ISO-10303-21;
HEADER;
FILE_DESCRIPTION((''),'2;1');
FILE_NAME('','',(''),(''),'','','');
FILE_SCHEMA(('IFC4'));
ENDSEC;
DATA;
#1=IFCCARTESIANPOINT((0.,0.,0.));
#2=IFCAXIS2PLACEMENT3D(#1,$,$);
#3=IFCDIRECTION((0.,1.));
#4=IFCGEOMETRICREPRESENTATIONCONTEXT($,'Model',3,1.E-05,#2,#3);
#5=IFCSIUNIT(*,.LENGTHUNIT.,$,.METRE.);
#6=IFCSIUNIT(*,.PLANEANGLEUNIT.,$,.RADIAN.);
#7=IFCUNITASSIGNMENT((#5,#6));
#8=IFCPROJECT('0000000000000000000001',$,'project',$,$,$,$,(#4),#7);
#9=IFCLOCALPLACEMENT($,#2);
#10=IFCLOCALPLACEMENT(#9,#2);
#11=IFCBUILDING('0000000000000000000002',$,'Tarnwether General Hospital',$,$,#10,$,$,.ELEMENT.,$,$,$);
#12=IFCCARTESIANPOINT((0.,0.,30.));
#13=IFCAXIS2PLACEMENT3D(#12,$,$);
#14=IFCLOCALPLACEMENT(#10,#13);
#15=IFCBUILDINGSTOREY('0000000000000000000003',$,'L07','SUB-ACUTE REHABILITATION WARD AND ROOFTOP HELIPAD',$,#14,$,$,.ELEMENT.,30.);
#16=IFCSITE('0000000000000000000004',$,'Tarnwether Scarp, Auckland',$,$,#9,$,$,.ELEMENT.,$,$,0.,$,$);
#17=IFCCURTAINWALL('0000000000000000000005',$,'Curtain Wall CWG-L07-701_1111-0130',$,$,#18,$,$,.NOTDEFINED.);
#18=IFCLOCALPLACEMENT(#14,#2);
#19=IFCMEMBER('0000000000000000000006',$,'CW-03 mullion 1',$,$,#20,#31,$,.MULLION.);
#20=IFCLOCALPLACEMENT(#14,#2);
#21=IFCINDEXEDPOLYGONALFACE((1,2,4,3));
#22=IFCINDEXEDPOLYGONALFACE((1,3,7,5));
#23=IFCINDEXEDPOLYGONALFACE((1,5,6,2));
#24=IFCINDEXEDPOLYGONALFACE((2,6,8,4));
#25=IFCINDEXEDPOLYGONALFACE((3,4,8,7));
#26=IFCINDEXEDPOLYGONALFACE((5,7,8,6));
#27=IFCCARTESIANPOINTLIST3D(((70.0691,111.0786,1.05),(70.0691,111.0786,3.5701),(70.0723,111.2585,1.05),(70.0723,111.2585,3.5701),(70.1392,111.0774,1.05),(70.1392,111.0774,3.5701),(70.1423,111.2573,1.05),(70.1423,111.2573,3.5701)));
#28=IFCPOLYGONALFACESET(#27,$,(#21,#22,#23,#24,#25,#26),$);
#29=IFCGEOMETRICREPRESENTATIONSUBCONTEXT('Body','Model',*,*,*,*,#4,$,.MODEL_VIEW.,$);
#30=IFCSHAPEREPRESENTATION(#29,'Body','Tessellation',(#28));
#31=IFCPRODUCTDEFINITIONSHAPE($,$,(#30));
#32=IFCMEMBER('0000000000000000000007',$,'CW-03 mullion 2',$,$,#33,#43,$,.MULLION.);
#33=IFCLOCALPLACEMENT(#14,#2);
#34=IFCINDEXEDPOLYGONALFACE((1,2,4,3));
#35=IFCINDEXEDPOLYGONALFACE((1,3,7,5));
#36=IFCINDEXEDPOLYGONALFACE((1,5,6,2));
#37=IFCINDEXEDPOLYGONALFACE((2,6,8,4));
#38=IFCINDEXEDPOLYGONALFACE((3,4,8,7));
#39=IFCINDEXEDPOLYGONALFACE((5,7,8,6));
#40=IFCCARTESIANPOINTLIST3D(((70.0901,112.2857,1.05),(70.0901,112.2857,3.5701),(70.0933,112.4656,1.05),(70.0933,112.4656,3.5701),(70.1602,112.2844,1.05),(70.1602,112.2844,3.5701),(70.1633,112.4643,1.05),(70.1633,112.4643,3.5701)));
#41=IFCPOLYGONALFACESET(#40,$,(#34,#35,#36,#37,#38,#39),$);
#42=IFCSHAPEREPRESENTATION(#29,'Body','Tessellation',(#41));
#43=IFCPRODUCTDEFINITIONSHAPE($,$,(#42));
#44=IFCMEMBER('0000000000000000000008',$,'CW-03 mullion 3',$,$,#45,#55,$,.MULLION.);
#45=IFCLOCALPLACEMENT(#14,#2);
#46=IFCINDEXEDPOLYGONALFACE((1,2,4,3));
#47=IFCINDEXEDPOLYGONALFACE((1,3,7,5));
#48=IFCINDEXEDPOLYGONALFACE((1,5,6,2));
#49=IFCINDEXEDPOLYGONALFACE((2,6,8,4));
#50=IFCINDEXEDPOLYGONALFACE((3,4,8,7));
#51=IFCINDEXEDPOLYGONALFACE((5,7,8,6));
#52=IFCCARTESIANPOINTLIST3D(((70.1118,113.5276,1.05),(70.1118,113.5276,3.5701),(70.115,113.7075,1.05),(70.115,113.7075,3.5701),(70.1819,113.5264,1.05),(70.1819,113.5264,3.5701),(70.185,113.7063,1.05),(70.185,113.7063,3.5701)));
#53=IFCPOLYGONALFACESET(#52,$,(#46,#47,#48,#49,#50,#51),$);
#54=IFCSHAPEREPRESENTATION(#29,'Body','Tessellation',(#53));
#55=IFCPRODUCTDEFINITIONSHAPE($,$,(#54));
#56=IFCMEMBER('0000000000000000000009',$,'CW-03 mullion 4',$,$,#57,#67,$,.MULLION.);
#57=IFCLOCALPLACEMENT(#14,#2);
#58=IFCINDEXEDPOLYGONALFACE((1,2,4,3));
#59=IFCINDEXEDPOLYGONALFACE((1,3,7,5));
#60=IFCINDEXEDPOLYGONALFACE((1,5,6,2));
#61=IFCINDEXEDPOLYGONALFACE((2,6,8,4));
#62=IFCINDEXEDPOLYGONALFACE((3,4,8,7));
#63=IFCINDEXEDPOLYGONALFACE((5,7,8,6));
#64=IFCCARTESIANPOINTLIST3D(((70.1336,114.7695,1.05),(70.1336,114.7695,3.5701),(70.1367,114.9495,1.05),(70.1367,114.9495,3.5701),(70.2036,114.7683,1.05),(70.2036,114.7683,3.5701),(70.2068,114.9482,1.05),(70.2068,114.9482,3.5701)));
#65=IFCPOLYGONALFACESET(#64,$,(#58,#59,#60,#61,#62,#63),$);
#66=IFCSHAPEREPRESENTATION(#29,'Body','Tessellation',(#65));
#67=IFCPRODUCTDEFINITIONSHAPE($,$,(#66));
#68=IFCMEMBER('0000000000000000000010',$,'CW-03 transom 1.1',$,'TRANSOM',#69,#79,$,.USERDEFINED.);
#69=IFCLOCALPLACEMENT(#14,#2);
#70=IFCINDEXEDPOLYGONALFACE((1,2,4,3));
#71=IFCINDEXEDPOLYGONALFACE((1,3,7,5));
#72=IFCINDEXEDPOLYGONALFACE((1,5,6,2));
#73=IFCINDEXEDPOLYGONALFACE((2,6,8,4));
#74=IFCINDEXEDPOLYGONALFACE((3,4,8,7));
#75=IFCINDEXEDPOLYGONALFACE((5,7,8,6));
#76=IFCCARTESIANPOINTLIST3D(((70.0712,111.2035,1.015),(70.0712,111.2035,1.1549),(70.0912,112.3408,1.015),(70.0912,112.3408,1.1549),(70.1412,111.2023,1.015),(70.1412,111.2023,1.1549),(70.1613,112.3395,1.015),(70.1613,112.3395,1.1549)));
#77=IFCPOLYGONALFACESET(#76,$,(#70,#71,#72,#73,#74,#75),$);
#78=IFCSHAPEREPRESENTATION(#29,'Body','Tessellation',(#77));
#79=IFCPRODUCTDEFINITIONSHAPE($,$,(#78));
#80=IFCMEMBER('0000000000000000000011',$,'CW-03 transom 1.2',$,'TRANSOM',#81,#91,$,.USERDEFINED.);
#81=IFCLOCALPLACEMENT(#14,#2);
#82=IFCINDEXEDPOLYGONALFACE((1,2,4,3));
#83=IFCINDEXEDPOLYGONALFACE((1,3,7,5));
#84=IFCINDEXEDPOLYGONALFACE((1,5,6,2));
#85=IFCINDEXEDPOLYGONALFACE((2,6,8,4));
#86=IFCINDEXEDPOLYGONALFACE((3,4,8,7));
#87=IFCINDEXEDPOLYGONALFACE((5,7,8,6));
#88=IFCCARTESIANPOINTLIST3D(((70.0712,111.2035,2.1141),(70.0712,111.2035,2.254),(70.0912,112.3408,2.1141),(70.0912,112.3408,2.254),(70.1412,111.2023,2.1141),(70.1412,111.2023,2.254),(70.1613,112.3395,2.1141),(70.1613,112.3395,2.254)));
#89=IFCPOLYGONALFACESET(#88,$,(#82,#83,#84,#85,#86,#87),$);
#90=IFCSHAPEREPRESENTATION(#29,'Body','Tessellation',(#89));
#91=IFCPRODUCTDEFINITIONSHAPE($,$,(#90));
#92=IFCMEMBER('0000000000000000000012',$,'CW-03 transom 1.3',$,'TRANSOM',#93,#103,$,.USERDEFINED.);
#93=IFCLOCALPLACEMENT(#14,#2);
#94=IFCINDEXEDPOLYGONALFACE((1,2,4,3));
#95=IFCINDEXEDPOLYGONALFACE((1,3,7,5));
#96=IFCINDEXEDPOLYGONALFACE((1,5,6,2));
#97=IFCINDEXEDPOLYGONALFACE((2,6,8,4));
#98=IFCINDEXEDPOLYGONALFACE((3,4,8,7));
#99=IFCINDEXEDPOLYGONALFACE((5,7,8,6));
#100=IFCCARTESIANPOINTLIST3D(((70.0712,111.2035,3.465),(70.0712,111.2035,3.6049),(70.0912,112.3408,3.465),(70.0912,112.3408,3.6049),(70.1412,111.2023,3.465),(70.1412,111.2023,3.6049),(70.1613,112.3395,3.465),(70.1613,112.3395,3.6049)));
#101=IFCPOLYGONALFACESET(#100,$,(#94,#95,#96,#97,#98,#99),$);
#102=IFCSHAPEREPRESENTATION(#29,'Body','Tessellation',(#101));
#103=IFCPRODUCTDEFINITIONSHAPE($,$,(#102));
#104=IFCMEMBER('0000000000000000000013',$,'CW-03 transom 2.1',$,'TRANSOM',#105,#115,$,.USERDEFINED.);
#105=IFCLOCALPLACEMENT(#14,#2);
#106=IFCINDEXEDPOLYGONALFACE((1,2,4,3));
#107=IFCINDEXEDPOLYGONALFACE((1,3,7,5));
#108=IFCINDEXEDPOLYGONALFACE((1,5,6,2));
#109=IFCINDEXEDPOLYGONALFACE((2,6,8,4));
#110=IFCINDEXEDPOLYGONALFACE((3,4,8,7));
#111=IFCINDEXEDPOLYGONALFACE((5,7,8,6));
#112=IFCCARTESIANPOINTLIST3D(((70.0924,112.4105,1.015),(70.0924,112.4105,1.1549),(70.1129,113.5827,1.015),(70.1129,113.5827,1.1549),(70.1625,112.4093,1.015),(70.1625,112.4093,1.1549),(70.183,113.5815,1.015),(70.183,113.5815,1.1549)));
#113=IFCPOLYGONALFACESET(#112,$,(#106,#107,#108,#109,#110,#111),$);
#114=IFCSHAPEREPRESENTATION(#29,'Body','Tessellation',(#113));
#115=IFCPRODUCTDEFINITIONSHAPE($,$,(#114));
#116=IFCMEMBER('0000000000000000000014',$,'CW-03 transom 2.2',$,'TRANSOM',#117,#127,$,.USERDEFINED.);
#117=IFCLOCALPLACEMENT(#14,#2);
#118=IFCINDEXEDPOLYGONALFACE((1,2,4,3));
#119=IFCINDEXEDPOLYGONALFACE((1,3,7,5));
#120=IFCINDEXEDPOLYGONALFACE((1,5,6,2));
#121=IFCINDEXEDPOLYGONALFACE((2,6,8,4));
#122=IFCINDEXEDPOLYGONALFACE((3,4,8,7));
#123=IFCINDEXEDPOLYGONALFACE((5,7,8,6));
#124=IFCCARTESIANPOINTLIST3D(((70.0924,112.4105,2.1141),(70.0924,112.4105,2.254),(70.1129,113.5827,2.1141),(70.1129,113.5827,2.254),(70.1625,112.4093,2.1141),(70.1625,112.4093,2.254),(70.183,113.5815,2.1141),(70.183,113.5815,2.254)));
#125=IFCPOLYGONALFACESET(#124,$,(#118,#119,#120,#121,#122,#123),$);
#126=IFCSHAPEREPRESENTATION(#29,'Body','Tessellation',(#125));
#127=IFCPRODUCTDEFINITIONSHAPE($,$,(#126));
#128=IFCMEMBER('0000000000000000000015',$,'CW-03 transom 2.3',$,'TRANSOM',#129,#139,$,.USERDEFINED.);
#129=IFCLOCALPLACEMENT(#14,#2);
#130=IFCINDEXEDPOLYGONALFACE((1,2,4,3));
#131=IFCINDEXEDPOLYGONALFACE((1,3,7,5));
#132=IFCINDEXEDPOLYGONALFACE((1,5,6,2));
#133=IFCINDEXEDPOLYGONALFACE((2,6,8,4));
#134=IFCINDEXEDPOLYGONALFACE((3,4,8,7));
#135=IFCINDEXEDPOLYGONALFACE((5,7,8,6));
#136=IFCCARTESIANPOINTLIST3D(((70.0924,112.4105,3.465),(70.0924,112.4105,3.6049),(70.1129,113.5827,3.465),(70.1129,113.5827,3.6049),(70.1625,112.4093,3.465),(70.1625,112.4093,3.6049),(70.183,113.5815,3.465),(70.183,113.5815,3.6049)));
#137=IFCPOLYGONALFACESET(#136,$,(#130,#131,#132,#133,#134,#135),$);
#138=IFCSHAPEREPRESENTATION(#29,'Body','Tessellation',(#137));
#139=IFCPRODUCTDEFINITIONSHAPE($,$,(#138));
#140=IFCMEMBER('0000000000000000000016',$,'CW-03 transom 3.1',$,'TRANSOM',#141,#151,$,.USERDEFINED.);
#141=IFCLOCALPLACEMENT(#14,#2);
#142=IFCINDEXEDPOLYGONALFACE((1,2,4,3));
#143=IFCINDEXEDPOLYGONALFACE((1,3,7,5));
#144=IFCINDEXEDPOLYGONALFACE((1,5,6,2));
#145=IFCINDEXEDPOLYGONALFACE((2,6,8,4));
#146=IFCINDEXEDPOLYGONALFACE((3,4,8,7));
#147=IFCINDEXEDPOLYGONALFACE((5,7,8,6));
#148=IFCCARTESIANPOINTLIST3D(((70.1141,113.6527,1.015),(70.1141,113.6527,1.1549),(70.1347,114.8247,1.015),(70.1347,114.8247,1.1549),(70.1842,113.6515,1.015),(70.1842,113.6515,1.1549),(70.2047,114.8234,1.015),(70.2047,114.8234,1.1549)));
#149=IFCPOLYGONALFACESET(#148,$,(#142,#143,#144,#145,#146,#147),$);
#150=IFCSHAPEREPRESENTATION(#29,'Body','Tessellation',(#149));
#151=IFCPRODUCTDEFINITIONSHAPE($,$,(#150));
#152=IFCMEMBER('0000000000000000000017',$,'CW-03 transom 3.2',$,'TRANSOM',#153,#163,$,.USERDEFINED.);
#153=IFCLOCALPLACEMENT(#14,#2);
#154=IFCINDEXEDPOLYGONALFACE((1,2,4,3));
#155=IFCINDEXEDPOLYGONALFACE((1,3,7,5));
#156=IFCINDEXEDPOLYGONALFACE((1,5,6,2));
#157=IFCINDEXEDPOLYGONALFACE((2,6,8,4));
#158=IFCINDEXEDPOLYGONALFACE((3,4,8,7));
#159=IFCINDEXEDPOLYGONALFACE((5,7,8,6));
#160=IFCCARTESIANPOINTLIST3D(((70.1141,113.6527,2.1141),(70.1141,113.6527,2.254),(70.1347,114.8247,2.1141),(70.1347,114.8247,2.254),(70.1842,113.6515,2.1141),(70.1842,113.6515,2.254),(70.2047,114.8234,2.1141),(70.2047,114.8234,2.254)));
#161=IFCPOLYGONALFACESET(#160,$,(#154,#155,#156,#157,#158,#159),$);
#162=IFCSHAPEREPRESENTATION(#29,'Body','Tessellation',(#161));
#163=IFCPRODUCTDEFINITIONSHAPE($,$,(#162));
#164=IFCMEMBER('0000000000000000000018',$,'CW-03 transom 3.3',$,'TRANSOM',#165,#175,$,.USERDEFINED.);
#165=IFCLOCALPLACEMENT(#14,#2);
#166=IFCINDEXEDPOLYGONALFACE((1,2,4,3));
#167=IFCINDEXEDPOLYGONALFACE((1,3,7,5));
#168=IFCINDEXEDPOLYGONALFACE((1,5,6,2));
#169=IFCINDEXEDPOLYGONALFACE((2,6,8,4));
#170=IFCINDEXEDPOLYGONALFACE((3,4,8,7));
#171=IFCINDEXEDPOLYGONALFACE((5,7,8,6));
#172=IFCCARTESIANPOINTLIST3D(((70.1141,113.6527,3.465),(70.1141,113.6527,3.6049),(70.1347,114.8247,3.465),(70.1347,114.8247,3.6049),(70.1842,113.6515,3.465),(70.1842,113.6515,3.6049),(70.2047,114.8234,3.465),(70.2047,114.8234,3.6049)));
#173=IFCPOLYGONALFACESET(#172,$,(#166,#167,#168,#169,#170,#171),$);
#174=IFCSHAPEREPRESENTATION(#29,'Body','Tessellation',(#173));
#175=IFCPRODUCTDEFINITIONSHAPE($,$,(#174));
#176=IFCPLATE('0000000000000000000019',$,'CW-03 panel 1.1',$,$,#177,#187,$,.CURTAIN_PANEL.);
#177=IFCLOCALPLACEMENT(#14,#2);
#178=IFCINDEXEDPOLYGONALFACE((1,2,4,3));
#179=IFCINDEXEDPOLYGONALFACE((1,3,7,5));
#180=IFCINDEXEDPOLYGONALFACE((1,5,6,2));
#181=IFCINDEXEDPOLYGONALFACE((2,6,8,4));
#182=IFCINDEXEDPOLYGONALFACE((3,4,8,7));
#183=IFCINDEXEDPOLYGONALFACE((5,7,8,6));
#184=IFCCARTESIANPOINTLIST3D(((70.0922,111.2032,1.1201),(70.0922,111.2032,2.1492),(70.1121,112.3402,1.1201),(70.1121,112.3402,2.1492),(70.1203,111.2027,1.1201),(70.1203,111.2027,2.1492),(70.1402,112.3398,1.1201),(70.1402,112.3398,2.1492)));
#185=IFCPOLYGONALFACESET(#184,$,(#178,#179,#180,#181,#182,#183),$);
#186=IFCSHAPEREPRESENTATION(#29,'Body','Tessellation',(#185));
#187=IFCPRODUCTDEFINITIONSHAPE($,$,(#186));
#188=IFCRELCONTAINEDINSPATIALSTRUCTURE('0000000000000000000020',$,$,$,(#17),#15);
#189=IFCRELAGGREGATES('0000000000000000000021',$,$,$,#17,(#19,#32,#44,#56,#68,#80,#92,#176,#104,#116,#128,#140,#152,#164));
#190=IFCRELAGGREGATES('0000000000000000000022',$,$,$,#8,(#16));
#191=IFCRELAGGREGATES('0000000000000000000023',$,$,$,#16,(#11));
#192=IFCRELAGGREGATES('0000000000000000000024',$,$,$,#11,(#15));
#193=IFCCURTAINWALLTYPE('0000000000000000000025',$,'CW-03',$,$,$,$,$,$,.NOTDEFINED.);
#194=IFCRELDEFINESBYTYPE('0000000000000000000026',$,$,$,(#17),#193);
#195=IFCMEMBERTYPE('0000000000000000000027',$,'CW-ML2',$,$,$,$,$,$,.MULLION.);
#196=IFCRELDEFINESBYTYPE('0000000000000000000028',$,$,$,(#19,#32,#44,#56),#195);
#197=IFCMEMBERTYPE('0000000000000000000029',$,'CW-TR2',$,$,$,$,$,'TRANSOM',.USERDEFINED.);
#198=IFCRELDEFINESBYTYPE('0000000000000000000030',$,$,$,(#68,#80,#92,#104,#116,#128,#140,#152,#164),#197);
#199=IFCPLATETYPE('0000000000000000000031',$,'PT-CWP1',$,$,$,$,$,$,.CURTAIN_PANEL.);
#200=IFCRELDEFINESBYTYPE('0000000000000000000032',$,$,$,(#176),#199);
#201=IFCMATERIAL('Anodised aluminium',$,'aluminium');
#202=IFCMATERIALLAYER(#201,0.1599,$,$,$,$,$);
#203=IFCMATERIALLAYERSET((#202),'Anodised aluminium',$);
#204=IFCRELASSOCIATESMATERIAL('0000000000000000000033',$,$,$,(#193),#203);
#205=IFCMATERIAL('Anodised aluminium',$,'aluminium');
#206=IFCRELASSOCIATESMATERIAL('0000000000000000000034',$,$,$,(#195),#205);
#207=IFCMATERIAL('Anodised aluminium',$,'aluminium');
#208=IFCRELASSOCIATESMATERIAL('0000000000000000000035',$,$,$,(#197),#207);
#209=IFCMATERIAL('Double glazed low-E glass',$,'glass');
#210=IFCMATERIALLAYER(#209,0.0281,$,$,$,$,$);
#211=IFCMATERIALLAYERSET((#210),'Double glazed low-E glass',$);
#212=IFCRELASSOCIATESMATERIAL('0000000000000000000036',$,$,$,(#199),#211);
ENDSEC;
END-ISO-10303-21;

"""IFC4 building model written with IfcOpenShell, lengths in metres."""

from ifc_helpers import new_model, si_unit, direction, frame, origin, origin_2d, place, context, subcontext, project, spatial, rectangle, extrude, material, layer, layer_set, material_profile, profile_set, type_object, element, aggregate, save


model = new_model("IFC4")

# Units and contexts
model_context = context("Model", 3, precision=1e-05, world=origin(), true_north=direction((0.0, 1.0)))
body_context = subcontext(model_context, "Body", "Model", "MODEL_VIEW")
ifc_project = project(units=[si_unit("LENGTHUNIT", "METRE"), si_unit("PLANEANGLEUNIT", "RADIAN")], contexts=[model_context])

# Site, building, storey
site_placement = place(None, origin())
site = spatial("IfcSite", under=ifc_project, at=site_placement, Name="Tarnwether Scarp, Auckland", CompositionType="ELEMENT", RefElevation=0.0)
building_placement = place(site_placement, origin())
building = spatial("IfcBuilding", under=site, at=building_placement, Name="Tarnwether General Hospital", CompositionType="ELEMENT")
storey_placement = place(building_placement, frame((0.0, 0.0, 30.0)))
storey = spatial("IfcBuildingStorey", under=building, at=storey_placement, Name="L07", Description="SUB-ACUTE REHABILITATION WARD AND ROOFTOP HELIPAD", CompositionType="ELEMENT", Elevation=30.0)

# Curtain wall, members, plate
ifc_material_1 = material(Name="Anodised aluminium", Category="aluminium")
ifc_layer_1 = layer(ifc_material_1, 0.1599)
ifc_layer_set_1 = layer_set([ifc_layer_1], Name="Anodised aluminium")
curtain_wall_type = type_object("IfcCurtainWallType", Name="CW-03", PredefinedType="NOTDEFINED", material=ifc_layer_set_1)
curtain_wall_placement = place(storey_placement, origin())
curtain_wall = element("IfcCurtainWall", 1, at=curtain_wall_placement, inside=storey, type_object=curtain_wall_type, Name="Curtain Wall CWG-L07-701_1111-0130", PredefinedType="NOTDEFINED")
ifc_material_2 = material(Name="Anodised aluminium", Category="aluminium")
ifc_material_profile_1 = material_profile(ifc_material_2, rectangle(XDim=0.0701, YDim=0.1799, at=origin_2d()), Name="ALU-MUL-70x180")
ifc_profile_set_1 = profile_set([ifc_material_profile_1], Name="Anodised aluminium")
member_type_1 = type_object("IfcMemberType", Name="CW-ML2", PredefinedType="MULLION", material=ifc_profile_set_1)
member_1_placement = place(storey_placement, frame((70.1057, 111.168, 1.05), z_axis=(0.0, 0.0, 1.0), x_axis=(-0.999847, 0.017509, 0.0)))
member_1 = element("IfcMember", 2, at=member_1_placement, type_object=member_type_1, Name="CW-03 mullion 1", PredefinedType="MULLION", context=body_context, shape_type="SweptSolid", body=[
    extrude(rectangle(XDim=0.0701, YDim=0.1799, at=origin_2d()), origin(), (0.0, 0.0, 1.0), 2.52),
])
member_2_placement = place(storey_placement, frame((70.1267, 112.375, 1.05), z_axis=(0.0, 0.0, 1.0), x_axis=(-0.999847, 0.017509, 0.0)))
member_2 = element("IfcMember", 3, at=member_2_placement, type_object=member_type_1, Name="CW-03 mullion 2", PredefinedType="MULLION", context=body_context, shape_type="SweptSolid", body=[
    extrude(rectangle(XDim=0.0701, YDim=0.1799, at=origin_2d()), origin(), (0.0, 0.0, 1.0), 2.52),
])
member_3_placement = place(storey_placement, frame((70.1484, 113.6169, 1.05), z_axis=(0.0, 0.0, 1.0), x_axis=(-0.999847, 0.017509, 0.0)))
member_3 = element("IfcMember", 4, at=member_3_placement, type_object=member_type_1, Name="CW-03 mullion 3", PredefinedType="MULLION", context=body_context, shape_type="SweptSolid", body=[
    extrude(rectangle(XDim=0.0701, YDim=0.1799, at=origin_2d()), origin(), (0.0, 0.0, 1.0), 2.52),
])
member_4_placement = place(storey_placement, frame((70.1702, 114.8589, 1.05), z_axis=(0.0, 0.0, 1.0), x_axis=(-0.999847, 0.017509, 0.0)))
member_4 = element("IfcMember", 5, at=member_4_placement, type_object=member_type_1, Name="CW-03 mullion 4", PredefinedType="MULLION", context=body_context, shape_type="SweptSolid", body=[
    extrude(rectangle(XDim=0.0701, YDim=0.1799, at=origin_2d()), origin(), (0.0, 0.0, 1.0), 2.52),
])
ifc_material_3 = material(Name="Anodised aluminium", Category="aluminium")
ifc_material_profile_2 = material_profile(ifc_material_3, rectangle(XDim=0.0701, YDim=0.1399, at=origin_2d()), Name="ALU-TRN-70x140")
ifc_profile_set_2 = profile_set([ifc_material_profile_2], Name="Anodised aluminium")
member_type_2 = type_object("IfcMemberType", Name="CW-TR2", ElementType="TRANSOM", PredefinedType="USERDEFINED", material=ifc_profile_set_2)
member_5_placement = place(storey_placement, frame((70.1062, 111.2029, 1.085), z_axis=(0.017601, 0.999845, 0.0), x_axis=(-0.999845, 0.017601, 0.0)))
member_5 = element("IfcMember", 6, at=member_5_placement, type_object=member_type_2, Name="CW-03 transom 1.1", ObjectType="TRANSOM", PredefinedType="USERDEFINED", context=body_context, shape_type="SweptSolid", body=[
    extrude(rectangle(XDim=0.0701, YDim=0.1399, at=origin_2d()), origin(), (0.0, 0.0, 1.0), 1.1375),
])
member_6_placement = place(storey_placement, frame((70.1062, 111.2029, 2.1841), z_axis=(0.017601, 0.999845, 0.0), x_axis=(-0.999845, 0.017601, 0.0)))
member_6 = element("IfcMember", 7, at=member_6_placement, type_object=member_type_2, Name="CW-03 transom 1.2", ObjectType="TRANSOM", PredefinedType="USERDEFINED", context=body_context, shape_type="SweptSolid", body=[
    extrude(rectangle(XDim=0.0701, YDim=0.1399, at=origin_2d()), origin(), (0.0, 0.0, 1.0), 1.1375),
])
member_7_placement = place(storey_placement, frame((70.1062, 111.2029, 3.5349), z_axis=(0.017601, 0.999845, 0.0), x_axis=(-0.999845, 0.017601, 0.0)))
member_7 = element("IfcMember", 8, at=member_7_placement, type_object=member_type_2, Name="CW-03 transom 1.3", ObjectType="TRANSOM", PredefinedType="USERDEFINED", context=body_context, shape_type="SweptSolid", body=[
    extrude(rectangle(XDim=0.0701, YDim=0.1399, at=origin_2d()), origin(), (0.0, 0.0, 1.0), 1.1375),
])
member_8_placement = place(storey_placement, frame((70.1274, 112.4099, 1.085), z_axis=(0.017494, 0.999847, 0.0), x_axis=(-0.999847, 0.017494, 0.0)))
member_8 = element("IfcMember", 9, at=member_8_placement, type_object=member_type_2, Name="CW-03 transom 2.1", ObjectType="TRANSOM", PredefinedType="USERDEFINED", context=body_context, shape_type="SweptSolid", body=[
    extrude(rectangle(XDim=0.0701, YDim=0.1399, at=origin_2d()), origin(), (0.0, 0.0, 1.0), 1.1724),
])
member_9_placement = place(storey_placement, frame((70.1274, 112.4099, 2.1841), z_axis=(0.017494, 0.999847, 0.0), x_axis=(-0.999847, 0.017494, 0.0)))
member_9 = element("IfcMember", 10, at=member_9_placement, type_object=member_type_2, Name="CW-03 transom 2.2", ObjectType="TRANSOM", PredefinedType="USERDEFINED", context=body_context, shape_type="SweptSolid", body=[
    extrude(rectangle(XDim=0.0701, YDim=0.1399, at=origin_2d()), origin(), (0.0, 0.0, 1.0), 1.1724),
])
member_10_placement = place(storey_placement, frame((70.1274, 112.4099, 3.5349), z_axis=(0.017494, 0.999847, 0.0), x_axis=(-0.999847, 0.017494, 0.0)))
member_10 = element("IfcMember", 11, at=member_10_placement, type_object=member_type_2, Name="CW-03 transom 2.3", ObjectType="TRANSOM", PredefinedType="USERDEFINED", context=body_context, shape_type="SweptSolid", body=[
    extrude(rectangle(XDim=0.0701, YDim=0.1399, at=origin_2d()), origin(), (0.0, 0.0, 1.0), 1.1724),
])
member_11_placement = place(storey_placement, frame((70.1492, 113.6521, 1.085), z_axis=(0.017497, 0.999847, 0.0), x_axis=(-0.999847, 0.017497, 0.0)))
member_11 = element("IfcMember", 12, at=member_11_placement, type_object=member_type_2, Name="CW-03 transom 3.1", ObjectType="TRANSOM", PredefinedType="USERDEFINED", context=body_context, shape_type="SweptSolid", body=[
    extrude(rectangle(XDim=0.0701, YDim=0.1399, at=origin_2d()), origin(), (0.0, 0.0, 1.0), 1.1721),
])
member_12_placement = place(storey_placement, frame((70.1492, 113.6521, 2.1841), z_axis=(0.017497, 0.999847, 0.0), x_axis=(-0.999847, 0.017497, 0.0)))
member_12 = element("IfcMember", 13, at=member_12_placement, type_object=member_type_2, Name="CW-03 transom 3.2", ObjectType="TRANSOM", PredefinedType="USERDEFINED", context=body_context, shape_type="SweptSolid", body=[
    extrude(rectangle(XDim=0.0701, YDim=0.1399, at=origin_2d()), origin(), (0.0, 0.0, 1.0), 1.1721),
])
member_13_placement = place(storey_placement, frame((70.1492, 113.6521, 3.5349), z_axis=(0.017497, 0.999847, 0.0), x_axis=(-0.999847, 0.017497, 0.0)))
member_13 = element("IfcMember", 14, at=member_13_placement, type_object=member_type_2, Name="CW-03 transom 3.3", ObjectType="TRANSOM", PredefinedType="USERDEFINED", context=body_context, shape_type="SweptSolid", body=[
    extrude(rectangle(XDim=0.0701, YDim=0.1399, at=origin_2d()), origin(), (0.0, 0.0, 1.0), 1.1721),
])
ifc_material_4 = material(Name="Double glazed low-E glass", Category="glass")
ifc_layer_2 = layer(ifc_material_4, 0.0281)
ifc_layer_set_2 = layer_set([ifc_layer_2], Name="Double glazed low-E glass")
plate_type = type_object("IfcPlateType", Name="PT-CWP1", PredefinedType="CURTAIN_PANEL", material=ifc_layer_set_2)
plate_1_placement = place(storey_placement, frame((70.1162, 111.7715, 1.1201), z_axis=(0.0, 0.0, 1.0), x_axis=(0.017509, 0.999847, 0.0)))
plate_1 = element("IfcPlate", 15, at=plate_1_placement, type_object=plate_type, Name="CW-03 panel 1.1", PredefinedType="CURTAIN_PANEL", context=body_context, shape_type="SweptSolid", body=[
    extrude(rectangle(XDim=1.1372, YDim=0.0281, at=origin_2d()), origin(), (0.0, 0.0, 1.0), 1.0291),
])
aggregate(curtain_wall, [member_1, member_2, member_3, member_4, member_5, member_6, member_7, plate_1, member_8, member_9, member_10, member_11, member_12, member_13])

save(model, "model.ifc")
